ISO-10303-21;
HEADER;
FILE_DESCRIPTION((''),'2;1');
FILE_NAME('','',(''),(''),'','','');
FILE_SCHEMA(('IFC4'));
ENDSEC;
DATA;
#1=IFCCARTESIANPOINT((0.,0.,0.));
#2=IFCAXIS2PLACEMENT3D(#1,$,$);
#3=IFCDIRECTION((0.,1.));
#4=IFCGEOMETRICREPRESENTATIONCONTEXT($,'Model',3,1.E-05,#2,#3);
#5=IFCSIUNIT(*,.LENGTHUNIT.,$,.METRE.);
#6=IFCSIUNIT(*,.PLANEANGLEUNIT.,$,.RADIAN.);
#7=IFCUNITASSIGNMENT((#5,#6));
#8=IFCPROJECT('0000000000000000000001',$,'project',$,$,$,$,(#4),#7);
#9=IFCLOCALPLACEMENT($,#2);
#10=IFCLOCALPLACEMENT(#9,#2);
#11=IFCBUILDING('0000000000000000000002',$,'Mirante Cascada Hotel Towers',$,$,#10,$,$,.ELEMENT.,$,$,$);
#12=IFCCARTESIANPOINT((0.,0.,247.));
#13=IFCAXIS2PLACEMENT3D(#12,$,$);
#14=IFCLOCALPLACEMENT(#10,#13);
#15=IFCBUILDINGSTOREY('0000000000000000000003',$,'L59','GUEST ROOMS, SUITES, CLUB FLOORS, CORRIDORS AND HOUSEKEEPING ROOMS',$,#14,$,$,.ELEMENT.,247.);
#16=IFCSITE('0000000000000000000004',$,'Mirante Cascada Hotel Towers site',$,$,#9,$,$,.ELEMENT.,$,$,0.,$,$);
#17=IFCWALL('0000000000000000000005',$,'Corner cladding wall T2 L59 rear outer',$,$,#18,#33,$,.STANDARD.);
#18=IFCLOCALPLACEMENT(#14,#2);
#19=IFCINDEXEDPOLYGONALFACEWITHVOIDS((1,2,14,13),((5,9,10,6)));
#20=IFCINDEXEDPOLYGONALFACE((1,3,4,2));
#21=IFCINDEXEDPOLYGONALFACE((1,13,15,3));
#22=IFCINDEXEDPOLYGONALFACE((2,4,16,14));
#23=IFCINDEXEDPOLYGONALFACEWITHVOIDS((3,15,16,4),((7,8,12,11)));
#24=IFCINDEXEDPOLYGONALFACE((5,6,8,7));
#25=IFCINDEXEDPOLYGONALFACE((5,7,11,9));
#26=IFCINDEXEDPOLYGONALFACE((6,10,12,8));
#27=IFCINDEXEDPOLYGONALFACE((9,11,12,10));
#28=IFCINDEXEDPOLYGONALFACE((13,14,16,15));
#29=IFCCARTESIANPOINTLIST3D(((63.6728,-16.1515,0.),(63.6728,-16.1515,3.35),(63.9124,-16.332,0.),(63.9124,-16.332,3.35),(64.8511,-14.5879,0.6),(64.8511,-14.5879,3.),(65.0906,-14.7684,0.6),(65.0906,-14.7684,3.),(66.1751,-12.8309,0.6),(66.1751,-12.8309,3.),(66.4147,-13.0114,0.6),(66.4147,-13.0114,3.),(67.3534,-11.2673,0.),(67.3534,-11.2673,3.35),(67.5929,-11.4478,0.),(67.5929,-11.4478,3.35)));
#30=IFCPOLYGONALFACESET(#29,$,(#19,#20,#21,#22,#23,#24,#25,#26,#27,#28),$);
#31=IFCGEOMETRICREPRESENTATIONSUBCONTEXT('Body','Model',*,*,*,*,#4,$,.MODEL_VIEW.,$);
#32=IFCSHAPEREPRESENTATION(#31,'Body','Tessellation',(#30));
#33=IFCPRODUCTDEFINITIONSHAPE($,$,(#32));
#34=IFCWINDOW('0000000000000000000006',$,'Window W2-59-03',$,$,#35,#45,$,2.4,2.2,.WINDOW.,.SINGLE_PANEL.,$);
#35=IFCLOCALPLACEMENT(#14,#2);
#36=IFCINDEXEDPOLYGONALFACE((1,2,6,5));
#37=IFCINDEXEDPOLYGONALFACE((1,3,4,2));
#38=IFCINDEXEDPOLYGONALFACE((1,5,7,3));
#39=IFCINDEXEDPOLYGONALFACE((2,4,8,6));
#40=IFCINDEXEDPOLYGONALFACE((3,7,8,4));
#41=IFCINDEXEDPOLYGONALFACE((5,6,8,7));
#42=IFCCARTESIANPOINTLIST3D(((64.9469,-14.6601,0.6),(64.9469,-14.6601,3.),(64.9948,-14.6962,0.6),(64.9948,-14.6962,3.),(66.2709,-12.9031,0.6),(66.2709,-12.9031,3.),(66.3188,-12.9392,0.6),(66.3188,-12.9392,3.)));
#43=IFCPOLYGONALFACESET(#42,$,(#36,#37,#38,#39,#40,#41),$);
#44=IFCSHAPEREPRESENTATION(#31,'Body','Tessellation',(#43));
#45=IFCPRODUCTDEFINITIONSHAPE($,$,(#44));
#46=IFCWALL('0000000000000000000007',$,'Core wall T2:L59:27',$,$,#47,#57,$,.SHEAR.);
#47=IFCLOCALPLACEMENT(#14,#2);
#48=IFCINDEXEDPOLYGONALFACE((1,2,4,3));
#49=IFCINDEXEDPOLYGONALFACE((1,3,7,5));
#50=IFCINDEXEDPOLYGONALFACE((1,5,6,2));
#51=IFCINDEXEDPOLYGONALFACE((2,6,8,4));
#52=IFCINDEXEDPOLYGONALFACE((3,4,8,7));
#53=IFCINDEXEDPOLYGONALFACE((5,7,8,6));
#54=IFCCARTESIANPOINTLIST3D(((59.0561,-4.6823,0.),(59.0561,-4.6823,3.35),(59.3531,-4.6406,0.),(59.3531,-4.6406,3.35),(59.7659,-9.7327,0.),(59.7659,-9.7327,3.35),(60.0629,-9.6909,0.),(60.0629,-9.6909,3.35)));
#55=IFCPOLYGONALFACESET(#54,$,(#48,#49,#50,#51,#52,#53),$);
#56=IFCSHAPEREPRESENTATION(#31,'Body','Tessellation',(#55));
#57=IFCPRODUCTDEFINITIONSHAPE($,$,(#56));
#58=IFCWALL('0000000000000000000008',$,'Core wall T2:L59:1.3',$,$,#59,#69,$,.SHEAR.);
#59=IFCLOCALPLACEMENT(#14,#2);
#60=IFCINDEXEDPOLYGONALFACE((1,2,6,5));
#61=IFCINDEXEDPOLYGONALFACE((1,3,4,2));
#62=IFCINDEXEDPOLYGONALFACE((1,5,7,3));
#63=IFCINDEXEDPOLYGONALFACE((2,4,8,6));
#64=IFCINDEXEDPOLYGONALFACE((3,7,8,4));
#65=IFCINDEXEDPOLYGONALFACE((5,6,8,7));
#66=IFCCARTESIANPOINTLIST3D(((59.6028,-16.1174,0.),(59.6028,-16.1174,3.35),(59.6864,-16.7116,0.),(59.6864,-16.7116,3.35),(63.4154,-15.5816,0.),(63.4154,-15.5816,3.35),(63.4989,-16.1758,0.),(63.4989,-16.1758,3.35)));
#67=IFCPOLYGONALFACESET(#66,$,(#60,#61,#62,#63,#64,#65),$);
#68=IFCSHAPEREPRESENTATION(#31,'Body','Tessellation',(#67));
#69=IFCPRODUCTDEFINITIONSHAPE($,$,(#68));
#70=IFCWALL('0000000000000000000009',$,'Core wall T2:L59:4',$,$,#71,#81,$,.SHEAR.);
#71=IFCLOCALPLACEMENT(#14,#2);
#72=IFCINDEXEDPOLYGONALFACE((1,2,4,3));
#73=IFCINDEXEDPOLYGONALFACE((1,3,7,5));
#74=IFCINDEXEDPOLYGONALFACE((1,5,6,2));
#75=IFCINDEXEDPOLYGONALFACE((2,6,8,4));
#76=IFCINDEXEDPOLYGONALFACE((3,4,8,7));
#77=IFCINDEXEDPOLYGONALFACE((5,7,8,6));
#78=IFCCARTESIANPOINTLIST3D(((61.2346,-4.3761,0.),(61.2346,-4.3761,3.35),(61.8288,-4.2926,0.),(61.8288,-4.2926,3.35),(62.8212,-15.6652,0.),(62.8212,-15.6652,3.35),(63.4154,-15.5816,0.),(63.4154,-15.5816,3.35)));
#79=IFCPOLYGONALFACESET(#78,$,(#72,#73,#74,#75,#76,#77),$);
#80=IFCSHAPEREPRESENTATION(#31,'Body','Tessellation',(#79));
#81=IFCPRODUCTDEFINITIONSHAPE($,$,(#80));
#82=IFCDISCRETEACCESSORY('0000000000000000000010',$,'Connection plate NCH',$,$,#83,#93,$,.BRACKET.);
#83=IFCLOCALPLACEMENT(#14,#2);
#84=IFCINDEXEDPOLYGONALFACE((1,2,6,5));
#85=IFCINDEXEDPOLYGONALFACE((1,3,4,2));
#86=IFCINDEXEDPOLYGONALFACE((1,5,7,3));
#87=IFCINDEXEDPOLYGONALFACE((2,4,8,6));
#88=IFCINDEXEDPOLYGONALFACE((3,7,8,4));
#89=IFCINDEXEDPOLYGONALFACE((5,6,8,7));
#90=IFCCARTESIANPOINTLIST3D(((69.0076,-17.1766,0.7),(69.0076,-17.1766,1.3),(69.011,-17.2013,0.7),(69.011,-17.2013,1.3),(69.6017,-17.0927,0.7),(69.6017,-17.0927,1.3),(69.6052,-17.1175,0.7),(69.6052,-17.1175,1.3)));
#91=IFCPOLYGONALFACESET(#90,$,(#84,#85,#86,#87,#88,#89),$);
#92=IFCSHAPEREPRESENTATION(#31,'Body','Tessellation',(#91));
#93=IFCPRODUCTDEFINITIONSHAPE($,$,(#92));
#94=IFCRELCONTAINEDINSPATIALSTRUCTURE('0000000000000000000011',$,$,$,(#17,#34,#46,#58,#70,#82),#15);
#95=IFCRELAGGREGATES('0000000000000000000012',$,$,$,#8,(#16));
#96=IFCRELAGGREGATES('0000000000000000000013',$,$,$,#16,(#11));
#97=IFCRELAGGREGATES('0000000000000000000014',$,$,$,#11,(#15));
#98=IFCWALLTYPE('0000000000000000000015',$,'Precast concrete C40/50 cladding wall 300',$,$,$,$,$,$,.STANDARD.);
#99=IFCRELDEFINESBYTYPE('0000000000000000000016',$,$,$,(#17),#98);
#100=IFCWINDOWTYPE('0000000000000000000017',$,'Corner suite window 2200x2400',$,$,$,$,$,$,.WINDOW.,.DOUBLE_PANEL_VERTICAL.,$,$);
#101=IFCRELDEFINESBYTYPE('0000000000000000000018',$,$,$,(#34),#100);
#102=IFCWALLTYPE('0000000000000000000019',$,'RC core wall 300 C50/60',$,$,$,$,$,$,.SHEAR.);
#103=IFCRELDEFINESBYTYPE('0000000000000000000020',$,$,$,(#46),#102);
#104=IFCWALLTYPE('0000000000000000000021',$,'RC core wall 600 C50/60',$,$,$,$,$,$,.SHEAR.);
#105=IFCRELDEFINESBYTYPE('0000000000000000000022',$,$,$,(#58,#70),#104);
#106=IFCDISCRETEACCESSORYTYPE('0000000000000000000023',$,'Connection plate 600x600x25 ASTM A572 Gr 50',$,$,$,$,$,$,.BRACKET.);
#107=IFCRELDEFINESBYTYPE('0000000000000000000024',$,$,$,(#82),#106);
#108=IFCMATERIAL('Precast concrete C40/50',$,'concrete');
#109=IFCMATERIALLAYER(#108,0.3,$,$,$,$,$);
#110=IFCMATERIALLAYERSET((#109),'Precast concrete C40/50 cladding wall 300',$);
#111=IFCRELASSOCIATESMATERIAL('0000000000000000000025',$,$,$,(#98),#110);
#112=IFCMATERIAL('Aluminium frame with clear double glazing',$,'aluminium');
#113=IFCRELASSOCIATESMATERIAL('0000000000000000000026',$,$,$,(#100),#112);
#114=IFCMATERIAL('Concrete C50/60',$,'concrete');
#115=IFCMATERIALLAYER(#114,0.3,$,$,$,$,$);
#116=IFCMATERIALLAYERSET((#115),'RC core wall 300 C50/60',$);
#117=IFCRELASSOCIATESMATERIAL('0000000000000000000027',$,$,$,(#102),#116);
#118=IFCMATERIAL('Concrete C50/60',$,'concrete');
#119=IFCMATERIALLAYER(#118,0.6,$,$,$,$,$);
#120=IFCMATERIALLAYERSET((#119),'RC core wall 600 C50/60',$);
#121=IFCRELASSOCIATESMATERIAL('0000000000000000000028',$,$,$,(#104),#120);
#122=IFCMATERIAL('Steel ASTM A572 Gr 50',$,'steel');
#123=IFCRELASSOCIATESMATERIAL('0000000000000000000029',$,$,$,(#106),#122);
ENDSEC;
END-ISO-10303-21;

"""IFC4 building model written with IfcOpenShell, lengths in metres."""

from ifc_helpers import new_model, si_unit, direction, frame, frame_2d, origin, origin_2d, place, context, subcontext, project, spatial, rectangle, extrude, material, layer, layer_set, material_profile, profile_set, type_object, element, fill, save


model = new_model("IFC4")

# Units and contexts
model_context = context("Model", 3, precision=1e-05, world=origin(), true_north=direction((0.0, 1.0)))
body_context = subcontext(model_context, "Body", "Model", "MODEL_VIEW")
ifc_project = project(units=[si_unit("LENGTHUNIT", "METRE"), si_unit("PLANEANGLEUNIT", "RADIAN")], contexts=[model_context])

# Site, building, storey
site_placement = place(None, origin())
site = spatial("IfcSite", under=ifc_project, at=site_placement, Name="Mirante Cascada Hotel Towers site", CompositionType="ELEMENT", RefElevation=0.0)
building_placement = place(site_placement, origin())
building = spatial("IfcBuilding", under=site, at=building_placement, Name="Mirante Cascada Hotel Towers", CompositionType="ELEMENT")
storey_placement = place(building_placement, frame((0.0, 0.0, 247.0)))
storey = spatial("IfcBuildingStorey", under=building, at=storey_placement, Name="L59", Description="GUEST ROOMS, SUITES, CLUB FLOORS, CORRIDORS AND HOUSEKEEPING ROOMS", CompositionType="ELEMENT", Elevation=247.0)

# Wall, opening, window
ifc_material_1 = material(Name="Precast concrete C40/50", Category="concrete")
ifc_layer_1 = layer(ifc_material_1, 0.3)
ifc_layer_set_1 = layer_set([ifc_layer_1], Name="Precast concrete C40/50 cladding wall 300")
wall_type_1 = type_object("IfcWallType", Name="Precast concrete C40/50 cladding wall 300", PredefinedType="STANDARD", material=ifc_layer_set_1)
wall_1_placement = place(storey_placement, frame((63.7926, -16.2417, 0.0), z_axis=(0.0, 0.0, 1.0), x_axis=(0.601824, 0.798628, 0.0)))
wall_1 = element("IfcWall", 1, at=wall_1_placement, inside=storey, type_object=wall_type_1, Name="Corner cladding wall T2 L59 rear outer", PredefinedType="STANDARD", context=body_context, shape_type="SweptSolid", body=[
    extrude(rectangle(XDim=6.1157, YDim=0.3, at=frame_2d((3.0578, 0.0))), origin(), (0.0, 0.0, 1.0), 3.35),
])
opening_1_placement = place(wall_1_placement, frame((1.9578, 0.0, 0.6)))
opening_1 = element("IfcOpeningElement", 2, at=opening_1_placement, cuts=wall_1, PredefinedType="OPENING", context=body_context, shape_type="SweptSolid", body=[
    extrude(rectangle(XDim=2.2, YDim=2.4, at=frame_2d((1.1, 1.2))), frame((0.0, 0.15, 0.0), z_axis=(0.0, -1.0, 0.0), x_axis=(1.0, 0.0, 0.0)), (0.0, 0.0, 1.0), 0.3),
])
ifc_material_2 = material(Name="Aluminium frame with clear double glazing", Category="aluminium")
window_type = type_object("IfcWindowType", Name="Corner suite window 2200x2400", PartitioningType="DOUBLE_PANEL_VERTICAL", PredefinedType="WINDOW", material=ifc_material_2)
window_placement = place(opening_1_placement, origin())
window = element("IfcWindow", 3, at=window_placement, inside=storey, type_object=window_type, Name="Window W2-59-03", OverallHeight=2.4, OverallWidth=2.2, PartitioningType="SINGLE_PANEL", PredefinedType="WINDOW", context=body_context, shape_type="SweptSolid", body=[
    extrude(rectangle(XDim=2.2, YDim=2.4, at=frame_2d((1.1, 1.2))), frame((0.0, 0.03, 0.0), z_axis=(0.0, -1.0, 0.0), x_axis=(1.0, 0.0, 0.0)), (0.0, 0.0, 1.0), 0.06),
])
fill(opening_1, window)

# Walls
ifc_material_3 = material(Name="Concrete C50/60", Category="concrete")
ifc_layer_2 = layer(ifc_material_3, 0.3)
ifc_layer_set_2 = layer_set([ifc_layer_2], Name="RC core wall 300 C50/60")
wall_type_2 = type_object("IfcWallType", Name="RC core wall 300 C50/60", PredefinedType="SHEAR", material=ifc_layer_set_2)
wall_2_placement = place(storey_placement, frame((59.9144, -9.7118, 0.0), z_axis=(0.0, 0.0, 1.0), x_axis=(-0.139176, 0.990268, 0.0)))
element("IfcWall", 4, at=wall_2_placement, inside=storey, type_object=wall_type_2, Name="Core wall T2:L59:27", PredefinedType="SHEAR", context=body_context, shape_type="SweptSolid", body=[
    extrude(rectangle(XDim=5.1, YDim=0.3, at=frame_2d((2.55, 0.0))), origin(), (0.0, 0.0, 1.0), 3.35),
])
ifc_material_4 = material(Name="Concrete C50/60", Category="concrete")
ifc_layer_3 = layer(ifc_material_4, 0.6)
ifc_layer_set_3 = layer_set([ifc_layer_3], Name="RC core wall 600 C50/60")
wall_type_3 = type_object("IfcWallType", Name="RC core wall 600 C50/60", PredefinedType="SHEAR", material=ifc_layer_set_3)
wall_3_placement = place(storey_placement, frame((59.6446, -16.4145, 0.0), z_axis=(0.0, 0.0, 1.0), x_axis=(0.990268, 0.13917, 0.0)))
element("IfcWall", 5, at=wall_3_placement, inside=storey, type_object=wall_type_3, Name="Core wall T2:L59:1.3", PredefinedType="SHEAR", context=body_context, shape_type="SweptSolid", body=[
    extrude(rectangle(XDim=3.85, YDim=0.6, at=frame_2d((1.925, 0.0))), origin(), (0.0, 0.0, 1.0), 3.35),
])
wall_4_placement = place(storey_placement, frame((63.1183, -15.6234, 0.0), z_axis=(0.0, 0.0, 1.0), x_axis=(-0.139175, 0.990268, 0.0)))
element("IfcWall", 6, at=wall_4_placement, inside=storey, type_object=wall_type_3, Name="Core wall T2:L59:4", PredefinedType="SHEAR", context=body_context, shape_type="SweptSolid", body=[
    extrude(rectangle(XDim=11.4, YDim=0.6, at=frame_2d((5.7, 0.0))), origin(), (0.0, 0.0, 1.0), 3.35),
])

# Discrete accessory
ifc_material_5 = material(Name="Steel ASTM A572 Gr 50", Category="steel")
ifc_material_profile_1 = material_profile(ifc_material_5, rectangle(XDim=0.6, YDim=0.6, at=origin_2d()), Name="Connection plate 600x600x25 ASTM A572 Gr 50")
ifc_profile_set_1 = profile_set([ifc_material_profile_1], Name="Steel ASTM A572 Gr 50")
discrete_accessory_type = type_object("IfcDiscreteAccessoryType", Name="Connection plate 600x600x25 ASTM A572 Gr 50", PredefinedType="BRACKET", material=ifc_profile_set_1)
discrete_accessory_placement = place(storey_placement, frame((69.3081, -17.1594, 1.0), z_axis=(-0.139744, 0.990188, 0.0), x_axis=(-0.990188, -0.139744, 0.0)))
element("IfcDiscreteAccessory", 7, at=discrete_accessory_placement, inside=storey, type_object=discrete_accessory_type, Name="Connection plate NCH", PredefinedType="BRACKET", context=body_context, shape_type="SweptSolid", body=[
    extrude(rectangle(XDim=0.6, YDim=0.6, at=origin_2d()), origin(), (0.0, 0.0, 1.0), 0.025),
])

save(model, "model.ifc")
